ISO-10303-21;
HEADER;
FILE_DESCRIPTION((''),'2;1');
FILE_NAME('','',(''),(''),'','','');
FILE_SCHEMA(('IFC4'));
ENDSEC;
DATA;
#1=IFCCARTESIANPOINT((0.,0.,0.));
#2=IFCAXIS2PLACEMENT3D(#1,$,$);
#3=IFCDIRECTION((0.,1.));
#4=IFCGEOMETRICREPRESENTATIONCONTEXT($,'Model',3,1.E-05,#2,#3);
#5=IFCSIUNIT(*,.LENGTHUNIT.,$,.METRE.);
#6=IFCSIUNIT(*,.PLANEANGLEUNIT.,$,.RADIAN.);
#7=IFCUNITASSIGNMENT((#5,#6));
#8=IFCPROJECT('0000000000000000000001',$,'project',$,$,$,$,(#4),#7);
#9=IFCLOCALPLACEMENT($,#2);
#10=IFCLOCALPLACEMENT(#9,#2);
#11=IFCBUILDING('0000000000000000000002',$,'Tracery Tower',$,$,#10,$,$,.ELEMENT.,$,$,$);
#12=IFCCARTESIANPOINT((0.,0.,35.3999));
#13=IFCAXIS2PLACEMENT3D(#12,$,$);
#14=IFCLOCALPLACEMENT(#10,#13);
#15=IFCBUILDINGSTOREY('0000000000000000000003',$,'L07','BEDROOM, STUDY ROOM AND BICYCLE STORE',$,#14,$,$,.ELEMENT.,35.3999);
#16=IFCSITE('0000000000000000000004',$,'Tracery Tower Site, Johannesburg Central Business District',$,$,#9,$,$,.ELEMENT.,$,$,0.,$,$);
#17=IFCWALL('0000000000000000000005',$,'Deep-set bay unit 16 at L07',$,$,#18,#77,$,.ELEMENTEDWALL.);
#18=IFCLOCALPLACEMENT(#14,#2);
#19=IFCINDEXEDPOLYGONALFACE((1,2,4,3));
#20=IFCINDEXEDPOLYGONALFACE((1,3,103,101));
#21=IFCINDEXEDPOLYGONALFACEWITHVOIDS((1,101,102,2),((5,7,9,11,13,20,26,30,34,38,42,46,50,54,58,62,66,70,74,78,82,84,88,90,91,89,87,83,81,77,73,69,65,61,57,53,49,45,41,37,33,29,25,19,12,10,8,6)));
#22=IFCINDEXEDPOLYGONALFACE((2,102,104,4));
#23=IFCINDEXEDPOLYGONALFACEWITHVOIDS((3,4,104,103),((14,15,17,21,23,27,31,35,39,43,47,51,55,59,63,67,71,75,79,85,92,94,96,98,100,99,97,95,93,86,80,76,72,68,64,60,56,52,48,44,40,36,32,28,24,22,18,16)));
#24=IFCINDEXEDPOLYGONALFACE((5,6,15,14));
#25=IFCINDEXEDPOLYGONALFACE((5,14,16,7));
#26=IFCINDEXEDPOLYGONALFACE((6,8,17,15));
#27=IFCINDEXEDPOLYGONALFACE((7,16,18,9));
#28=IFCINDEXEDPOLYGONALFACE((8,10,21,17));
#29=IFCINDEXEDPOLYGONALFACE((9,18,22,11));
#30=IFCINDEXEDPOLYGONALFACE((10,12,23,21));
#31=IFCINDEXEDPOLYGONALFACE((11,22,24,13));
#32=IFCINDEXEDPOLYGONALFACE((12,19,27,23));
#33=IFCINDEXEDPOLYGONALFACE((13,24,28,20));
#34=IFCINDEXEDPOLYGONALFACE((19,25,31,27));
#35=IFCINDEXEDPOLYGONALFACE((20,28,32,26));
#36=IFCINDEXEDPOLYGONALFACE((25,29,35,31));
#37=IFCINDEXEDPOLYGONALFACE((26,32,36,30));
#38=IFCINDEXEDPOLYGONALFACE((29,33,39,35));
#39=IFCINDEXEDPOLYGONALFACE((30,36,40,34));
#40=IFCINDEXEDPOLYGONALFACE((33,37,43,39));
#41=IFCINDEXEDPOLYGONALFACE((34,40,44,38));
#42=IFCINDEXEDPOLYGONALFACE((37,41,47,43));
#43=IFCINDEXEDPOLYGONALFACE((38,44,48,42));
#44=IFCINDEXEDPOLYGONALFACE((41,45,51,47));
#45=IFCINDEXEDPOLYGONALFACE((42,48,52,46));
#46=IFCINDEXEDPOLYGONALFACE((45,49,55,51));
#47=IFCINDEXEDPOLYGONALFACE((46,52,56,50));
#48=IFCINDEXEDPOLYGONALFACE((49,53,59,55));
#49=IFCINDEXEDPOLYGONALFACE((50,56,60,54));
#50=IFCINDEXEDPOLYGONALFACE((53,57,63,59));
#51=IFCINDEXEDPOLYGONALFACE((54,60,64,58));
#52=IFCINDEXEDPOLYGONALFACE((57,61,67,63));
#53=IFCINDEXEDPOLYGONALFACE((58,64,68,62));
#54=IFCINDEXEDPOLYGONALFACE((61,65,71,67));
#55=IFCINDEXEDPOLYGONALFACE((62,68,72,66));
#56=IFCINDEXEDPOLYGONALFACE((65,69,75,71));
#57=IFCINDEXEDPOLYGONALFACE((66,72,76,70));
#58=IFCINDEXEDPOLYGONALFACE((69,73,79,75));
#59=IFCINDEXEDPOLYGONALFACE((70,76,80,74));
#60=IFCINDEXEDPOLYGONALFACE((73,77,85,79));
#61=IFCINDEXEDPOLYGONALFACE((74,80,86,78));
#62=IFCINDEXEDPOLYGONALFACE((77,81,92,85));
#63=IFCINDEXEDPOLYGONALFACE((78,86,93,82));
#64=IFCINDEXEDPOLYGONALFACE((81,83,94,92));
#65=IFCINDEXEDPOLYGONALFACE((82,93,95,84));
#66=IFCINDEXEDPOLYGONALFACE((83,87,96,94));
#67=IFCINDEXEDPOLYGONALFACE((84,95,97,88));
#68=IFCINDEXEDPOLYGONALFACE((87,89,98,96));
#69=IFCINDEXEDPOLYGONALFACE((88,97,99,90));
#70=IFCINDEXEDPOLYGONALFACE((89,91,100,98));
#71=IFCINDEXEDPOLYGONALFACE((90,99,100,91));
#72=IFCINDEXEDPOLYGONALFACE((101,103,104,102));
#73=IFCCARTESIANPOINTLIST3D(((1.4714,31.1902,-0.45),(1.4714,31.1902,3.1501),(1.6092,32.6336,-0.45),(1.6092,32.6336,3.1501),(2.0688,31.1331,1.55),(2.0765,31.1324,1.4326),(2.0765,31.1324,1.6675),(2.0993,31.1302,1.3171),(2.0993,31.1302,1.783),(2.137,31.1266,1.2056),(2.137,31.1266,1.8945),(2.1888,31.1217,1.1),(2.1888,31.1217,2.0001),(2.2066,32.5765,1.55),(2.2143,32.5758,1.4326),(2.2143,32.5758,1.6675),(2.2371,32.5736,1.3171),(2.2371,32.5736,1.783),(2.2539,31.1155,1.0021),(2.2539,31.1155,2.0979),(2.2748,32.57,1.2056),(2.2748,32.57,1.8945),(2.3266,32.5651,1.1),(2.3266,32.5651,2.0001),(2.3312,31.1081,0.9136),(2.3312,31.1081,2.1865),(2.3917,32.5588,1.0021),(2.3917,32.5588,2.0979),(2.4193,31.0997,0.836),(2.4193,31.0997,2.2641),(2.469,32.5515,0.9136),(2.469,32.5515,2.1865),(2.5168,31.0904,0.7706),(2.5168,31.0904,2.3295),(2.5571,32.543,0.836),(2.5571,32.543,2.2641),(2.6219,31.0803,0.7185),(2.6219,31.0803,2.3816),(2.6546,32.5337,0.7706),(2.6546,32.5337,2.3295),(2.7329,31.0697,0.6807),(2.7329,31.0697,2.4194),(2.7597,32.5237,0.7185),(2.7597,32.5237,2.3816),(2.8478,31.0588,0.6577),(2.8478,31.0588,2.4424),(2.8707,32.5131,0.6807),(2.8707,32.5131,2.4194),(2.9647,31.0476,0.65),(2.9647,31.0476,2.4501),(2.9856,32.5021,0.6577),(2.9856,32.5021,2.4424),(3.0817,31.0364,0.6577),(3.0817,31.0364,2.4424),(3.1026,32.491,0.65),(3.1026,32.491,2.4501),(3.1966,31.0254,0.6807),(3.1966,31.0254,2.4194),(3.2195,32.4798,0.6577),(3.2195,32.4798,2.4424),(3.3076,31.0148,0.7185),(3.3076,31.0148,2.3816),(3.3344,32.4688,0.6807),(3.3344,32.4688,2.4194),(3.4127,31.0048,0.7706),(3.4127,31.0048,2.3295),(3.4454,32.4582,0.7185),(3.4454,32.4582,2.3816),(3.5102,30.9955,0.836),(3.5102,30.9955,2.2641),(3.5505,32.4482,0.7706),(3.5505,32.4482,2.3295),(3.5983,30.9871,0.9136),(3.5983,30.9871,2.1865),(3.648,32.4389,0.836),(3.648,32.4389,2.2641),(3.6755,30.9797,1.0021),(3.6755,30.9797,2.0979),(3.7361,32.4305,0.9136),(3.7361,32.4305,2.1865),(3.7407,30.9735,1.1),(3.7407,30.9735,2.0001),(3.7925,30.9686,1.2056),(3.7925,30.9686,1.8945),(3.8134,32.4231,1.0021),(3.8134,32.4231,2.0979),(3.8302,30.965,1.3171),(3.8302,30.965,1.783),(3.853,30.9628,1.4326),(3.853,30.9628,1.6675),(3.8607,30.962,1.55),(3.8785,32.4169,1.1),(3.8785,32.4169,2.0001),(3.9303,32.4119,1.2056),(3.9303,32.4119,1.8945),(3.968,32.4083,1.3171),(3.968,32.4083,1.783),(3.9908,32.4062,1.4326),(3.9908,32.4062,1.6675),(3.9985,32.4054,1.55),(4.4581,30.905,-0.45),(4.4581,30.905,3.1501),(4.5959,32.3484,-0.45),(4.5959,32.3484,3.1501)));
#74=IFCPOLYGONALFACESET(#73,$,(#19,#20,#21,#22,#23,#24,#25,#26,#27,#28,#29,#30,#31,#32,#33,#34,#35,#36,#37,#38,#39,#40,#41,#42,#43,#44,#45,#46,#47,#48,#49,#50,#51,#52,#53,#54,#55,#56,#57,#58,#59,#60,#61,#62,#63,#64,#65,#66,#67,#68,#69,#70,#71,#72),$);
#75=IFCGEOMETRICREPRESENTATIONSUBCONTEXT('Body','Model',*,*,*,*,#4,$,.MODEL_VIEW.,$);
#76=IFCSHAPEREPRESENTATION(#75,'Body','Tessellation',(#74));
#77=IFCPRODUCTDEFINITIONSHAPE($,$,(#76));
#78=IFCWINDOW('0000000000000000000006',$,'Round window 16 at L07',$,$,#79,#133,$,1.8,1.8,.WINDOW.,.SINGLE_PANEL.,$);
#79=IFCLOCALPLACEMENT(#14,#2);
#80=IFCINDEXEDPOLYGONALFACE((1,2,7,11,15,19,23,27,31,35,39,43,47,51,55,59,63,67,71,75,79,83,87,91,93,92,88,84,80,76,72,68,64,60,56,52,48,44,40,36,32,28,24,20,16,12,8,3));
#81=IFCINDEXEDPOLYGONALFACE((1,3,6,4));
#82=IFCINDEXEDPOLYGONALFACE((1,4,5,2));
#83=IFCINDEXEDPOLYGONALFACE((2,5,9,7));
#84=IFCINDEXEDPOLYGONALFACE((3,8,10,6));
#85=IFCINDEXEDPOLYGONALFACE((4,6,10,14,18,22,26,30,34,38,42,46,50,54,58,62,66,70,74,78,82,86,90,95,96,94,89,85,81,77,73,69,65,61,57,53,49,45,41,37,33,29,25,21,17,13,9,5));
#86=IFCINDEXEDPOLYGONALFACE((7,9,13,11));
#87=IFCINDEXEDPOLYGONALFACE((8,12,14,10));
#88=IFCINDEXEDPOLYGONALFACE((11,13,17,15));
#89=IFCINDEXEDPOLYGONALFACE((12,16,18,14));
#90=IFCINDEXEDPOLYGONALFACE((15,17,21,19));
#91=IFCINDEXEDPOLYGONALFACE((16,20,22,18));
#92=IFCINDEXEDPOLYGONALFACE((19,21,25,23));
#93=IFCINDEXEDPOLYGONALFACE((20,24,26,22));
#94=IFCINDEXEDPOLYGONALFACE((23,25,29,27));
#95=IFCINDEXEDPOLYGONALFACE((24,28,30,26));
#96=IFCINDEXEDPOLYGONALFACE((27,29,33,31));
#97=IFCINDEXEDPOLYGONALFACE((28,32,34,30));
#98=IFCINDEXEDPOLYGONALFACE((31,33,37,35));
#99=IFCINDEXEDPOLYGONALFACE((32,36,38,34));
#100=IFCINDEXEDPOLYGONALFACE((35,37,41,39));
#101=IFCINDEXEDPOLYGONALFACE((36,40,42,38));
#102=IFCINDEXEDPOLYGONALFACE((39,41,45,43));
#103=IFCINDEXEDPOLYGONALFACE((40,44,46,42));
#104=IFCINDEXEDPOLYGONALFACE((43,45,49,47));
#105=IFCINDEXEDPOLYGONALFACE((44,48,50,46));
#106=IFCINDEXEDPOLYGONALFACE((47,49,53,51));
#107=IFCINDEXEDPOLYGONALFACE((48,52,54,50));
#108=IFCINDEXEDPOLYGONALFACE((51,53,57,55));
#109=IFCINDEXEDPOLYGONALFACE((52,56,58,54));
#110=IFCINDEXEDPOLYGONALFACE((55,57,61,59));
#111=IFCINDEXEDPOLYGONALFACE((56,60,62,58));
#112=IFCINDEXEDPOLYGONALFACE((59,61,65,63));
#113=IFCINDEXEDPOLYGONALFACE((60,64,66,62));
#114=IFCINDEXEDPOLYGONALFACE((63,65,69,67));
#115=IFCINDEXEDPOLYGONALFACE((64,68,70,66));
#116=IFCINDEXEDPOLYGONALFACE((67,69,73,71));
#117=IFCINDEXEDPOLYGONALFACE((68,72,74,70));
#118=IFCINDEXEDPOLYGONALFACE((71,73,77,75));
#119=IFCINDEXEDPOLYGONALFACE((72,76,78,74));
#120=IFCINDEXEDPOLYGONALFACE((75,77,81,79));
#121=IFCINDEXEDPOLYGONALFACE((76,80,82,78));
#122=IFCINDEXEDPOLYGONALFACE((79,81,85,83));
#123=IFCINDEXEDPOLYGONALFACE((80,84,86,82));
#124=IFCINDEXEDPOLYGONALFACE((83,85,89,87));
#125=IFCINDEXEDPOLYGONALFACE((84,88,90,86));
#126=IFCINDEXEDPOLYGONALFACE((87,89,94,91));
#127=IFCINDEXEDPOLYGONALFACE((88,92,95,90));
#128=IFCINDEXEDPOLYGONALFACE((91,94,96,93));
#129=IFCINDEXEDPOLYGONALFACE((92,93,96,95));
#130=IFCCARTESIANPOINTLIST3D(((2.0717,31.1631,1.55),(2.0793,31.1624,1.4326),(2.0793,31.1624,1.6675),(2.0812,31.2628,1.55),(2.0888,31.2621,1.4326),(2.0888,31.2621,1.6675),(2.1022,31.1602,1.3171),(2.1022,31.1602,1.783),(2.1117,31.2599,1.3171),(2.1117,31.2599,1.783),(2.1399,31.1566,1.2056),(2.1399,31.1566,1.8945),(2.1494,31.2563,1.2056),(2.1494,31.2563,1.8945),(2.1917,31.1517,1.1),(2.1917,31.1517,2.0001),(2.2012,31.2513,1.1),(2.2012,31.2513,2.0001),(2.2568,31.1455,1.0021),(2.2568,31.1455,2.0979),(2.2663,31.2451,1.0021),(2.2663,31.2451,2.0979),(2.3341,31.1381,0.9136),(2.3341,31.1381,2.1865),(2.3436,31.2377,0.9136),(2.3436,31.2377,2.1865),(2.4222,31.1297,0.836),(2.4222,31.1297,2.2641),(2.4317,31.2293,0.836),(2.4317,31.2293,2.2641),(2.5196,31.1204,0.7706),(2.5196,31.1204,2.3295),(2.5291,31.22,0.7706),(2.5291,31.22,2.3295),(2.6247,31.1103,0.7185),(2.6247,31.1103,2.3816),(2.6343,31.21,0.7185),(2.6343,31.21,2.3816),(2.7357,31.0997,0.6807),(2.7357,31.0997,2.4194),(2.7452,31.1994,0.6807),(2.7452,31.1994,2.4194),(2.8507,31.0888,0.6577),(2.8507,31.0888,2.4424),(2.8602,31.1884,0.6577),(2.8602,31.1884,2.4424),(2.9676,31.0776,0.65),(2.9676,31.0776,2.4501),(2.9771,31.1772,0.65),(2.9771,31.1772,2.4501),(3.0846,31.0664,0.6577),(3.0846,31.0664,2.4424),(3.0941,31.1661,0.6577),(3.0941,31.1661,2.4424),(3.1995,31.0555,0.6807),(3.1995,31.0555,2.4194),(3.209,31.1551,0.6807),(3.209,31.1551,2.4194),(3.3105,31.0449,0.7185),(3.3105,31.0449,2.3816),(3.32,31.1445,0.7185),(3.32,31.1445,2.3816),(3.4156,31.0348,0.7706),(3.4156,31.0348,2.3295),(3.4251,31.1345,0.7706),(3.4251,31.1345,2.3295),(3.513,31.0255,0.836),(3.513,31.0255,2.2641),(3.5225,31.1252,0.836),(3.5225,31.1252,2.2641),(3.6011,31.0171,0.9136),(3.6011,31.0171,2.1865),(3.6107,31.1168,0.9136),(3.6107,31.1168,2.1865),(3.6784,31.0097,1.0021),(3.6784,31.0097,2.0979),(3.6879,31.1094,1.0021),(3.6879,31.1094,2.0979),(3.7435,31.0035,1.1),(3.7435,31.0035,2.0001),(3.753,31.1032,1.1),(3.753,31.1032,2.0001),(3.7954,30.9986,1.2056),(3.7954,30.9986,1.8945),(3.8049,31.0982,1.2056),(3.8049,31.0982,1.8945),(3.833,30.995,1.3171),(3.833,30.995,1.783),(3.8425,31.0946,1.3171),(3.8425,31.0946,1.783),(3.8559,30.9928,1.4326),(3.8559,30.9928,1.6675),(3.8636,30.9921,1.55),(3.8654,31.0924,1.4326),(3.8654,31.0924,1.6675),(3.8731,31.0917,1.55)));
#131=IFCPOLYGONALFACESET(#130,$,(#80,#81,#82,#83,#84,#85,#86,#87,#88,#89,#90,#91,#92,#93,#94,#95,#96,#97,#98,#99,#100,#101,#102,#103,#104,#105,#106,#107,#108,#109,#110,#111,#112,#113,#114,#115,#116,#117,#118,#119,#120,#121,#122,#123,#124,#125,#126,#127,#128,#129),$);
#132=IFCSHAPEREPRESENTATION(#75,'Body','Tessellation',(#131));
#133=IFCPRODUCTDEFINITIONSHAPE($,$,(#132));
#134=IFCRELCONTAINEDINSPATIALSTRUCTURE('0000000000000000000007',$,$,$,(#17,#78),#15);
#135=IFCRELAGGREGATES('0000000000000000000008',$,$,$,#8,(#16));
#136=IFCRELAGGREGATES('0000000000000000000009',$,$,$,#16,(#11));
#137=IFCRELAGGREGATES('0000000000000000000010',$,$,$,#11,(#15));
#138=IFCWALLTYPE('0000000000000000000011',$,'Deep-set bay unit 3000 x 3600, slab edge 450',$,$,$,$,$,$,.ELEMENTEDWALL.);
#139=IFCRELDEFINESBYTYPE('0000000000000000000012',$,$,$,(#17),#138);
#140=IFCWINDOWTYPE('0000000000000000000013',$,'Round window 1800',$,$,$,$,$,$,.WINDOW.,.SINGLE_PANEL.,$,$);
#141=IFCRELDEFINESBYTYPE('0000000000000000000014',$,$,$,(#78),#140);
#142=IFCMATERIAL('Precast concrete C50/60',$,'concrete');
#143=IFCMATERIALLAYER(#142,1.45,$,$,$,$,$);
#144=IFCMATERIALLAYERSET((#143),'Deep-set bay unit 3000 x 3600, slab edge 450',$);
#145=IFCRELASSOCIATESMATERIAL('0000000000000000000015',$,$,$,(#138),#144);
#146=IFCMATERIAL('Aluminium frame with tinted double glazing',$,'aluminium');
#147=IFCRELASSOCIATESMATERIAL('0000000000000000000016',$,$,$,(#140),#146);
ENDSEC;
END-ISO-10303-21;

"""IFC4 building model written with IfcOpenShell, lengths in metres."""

from ifc_helpers import new_model, si_unit, direction, frame, frame_2d, origin, origin_2d, place, context, subcontext, project, spatial, rectangle, circle, extrude, material, layer, layer_set, type_object, element, fill, save


model = new_model("IFC4")

# Units and contexts
model_context = context("Model", 3, precision=1e-05, world=origin(), true_north=direction((0.0, 1.0)))
body_context = subcontext(model_context, "Body", "Model", "MODEL_VIEW")
ifc_project = project(units=[si_unit("LENGTHUNIT", "METRE"), si_unit("PLANEANGLEUNIT", "RADIAN")], contexts=[model_context])

# Site, building, storey
site_placement = place(None, origin())
site = spatial("IfcSite", under=ifc_project, at=site_placement, Name="Tracery Tower Site, Johannesburg Central Business District", CompositionType="ELEMENT", RefElevation=0.0)
building_placement = place(site_placement, origin())
building = spatial("IfcBuilding", under=site, at=building_placement, Name="Tracery Tower", CompositionType="ELEMENT")
storey_placement = place(building_placement, frame((0.0, 0.0, 35.3999)))
storey = spatial("IfcBuildingStorey", under=building, at=storey_placement, Name="L07", Description="BEDROOM, STUDY ROOM AND BICYCLE STORE", CompositionType="ELEMENT", Elevation=35.3999)

# Wall, opening, window
ifc_material_1 = material(Name="Precast concrete C50/60", Category="concrete")
ifc_layer_1 = layer(ifc_material_1, 1.45)
ifc_layer_set_1 = layer_set([ifc_layer_1], Name="Deep-set bay unit 3000 x 3600, slab edge 450")
wall_type_1 = type_object("IfcWallType", Name="Deep-set bay unit 3000 x 3600, slab edge 450", PredefinedType="ELEMENTEDWALL", material=ifc_layer_set_1)
wall_1_placement = place(storey_placement, frame((4.5269, 31.6267, -0.45), z_axis=(0.0, 0.0, 1.0), x_axis=(-0.995473, 0.095047, 0.0)))
wall_1 = element("IfcWall", 1, at=wall_1_placement, inside=storey, type_object=wall_type_1, Name="Deep-set bay unit 16 at L07", PredefinedType="ELEMENTEDWALL", context=body_context, shape_type="SweptSolid", body=[
    extrude(rectangle(XDim=3.0002, YDim=1.45, at=frame_2d((1.5, 0.0))), origin(), (0.0, 0.0, 1.0), 3.6001),
])
opening_1_placement = place(wall_1_placement, frame((1.5, 0.0, 2.0)))
opening_1 = element("IfcOpeningElement", 2, at=opening_1_placement, cuts=wall_1, PredefinedType="OPENING", context=body_context, shape_type="SweptSolid", body=[
    extrude(circle(Radius=0.9, at=origin_2d()), frame((0.0, 0.7349, 0.0), z_axis=(0.0, -1.0, 0.0), x_axis=(1.0, 0.0, 0.0)), (0.0, 0.0, 1.0), 1.47),
])
ifc_material_2 = material(Name="Aluminium frame with tinted double glazing", Category="aluminium")
window_type = type_object("IfcWindowType", Name="Round window 1800", PartitioningType="SINGLE_PANEL", PredefinedType="WINDOW", material=ifc_material_2)
window_1_placement = place(opening_1_placement, origin())
window_1 = element("IfcWindow", 3, at=window_1_placement, inside=storey, type_object=window_type, Name="Round window 16 at L07", OverallHeight=1.8, OverallWidth=1.8, PartitioningType="SINGLE_PANEL", PredefinedType="WINDOW", context=body_context, shape_type="SweptSolid", body=[
    extrude(circle(Radius=0.9, at=origin_2d()), frame((0.0, 0.6948, 0.0), z_axis=(0.0, -1.0, 0.0), x_axis=(1.0, 0.0, 0.0)), (0.0, 0.0, 1.0), 0.1001),
])
fill(opening_1, window_1)

save(model, "model.ifc")
